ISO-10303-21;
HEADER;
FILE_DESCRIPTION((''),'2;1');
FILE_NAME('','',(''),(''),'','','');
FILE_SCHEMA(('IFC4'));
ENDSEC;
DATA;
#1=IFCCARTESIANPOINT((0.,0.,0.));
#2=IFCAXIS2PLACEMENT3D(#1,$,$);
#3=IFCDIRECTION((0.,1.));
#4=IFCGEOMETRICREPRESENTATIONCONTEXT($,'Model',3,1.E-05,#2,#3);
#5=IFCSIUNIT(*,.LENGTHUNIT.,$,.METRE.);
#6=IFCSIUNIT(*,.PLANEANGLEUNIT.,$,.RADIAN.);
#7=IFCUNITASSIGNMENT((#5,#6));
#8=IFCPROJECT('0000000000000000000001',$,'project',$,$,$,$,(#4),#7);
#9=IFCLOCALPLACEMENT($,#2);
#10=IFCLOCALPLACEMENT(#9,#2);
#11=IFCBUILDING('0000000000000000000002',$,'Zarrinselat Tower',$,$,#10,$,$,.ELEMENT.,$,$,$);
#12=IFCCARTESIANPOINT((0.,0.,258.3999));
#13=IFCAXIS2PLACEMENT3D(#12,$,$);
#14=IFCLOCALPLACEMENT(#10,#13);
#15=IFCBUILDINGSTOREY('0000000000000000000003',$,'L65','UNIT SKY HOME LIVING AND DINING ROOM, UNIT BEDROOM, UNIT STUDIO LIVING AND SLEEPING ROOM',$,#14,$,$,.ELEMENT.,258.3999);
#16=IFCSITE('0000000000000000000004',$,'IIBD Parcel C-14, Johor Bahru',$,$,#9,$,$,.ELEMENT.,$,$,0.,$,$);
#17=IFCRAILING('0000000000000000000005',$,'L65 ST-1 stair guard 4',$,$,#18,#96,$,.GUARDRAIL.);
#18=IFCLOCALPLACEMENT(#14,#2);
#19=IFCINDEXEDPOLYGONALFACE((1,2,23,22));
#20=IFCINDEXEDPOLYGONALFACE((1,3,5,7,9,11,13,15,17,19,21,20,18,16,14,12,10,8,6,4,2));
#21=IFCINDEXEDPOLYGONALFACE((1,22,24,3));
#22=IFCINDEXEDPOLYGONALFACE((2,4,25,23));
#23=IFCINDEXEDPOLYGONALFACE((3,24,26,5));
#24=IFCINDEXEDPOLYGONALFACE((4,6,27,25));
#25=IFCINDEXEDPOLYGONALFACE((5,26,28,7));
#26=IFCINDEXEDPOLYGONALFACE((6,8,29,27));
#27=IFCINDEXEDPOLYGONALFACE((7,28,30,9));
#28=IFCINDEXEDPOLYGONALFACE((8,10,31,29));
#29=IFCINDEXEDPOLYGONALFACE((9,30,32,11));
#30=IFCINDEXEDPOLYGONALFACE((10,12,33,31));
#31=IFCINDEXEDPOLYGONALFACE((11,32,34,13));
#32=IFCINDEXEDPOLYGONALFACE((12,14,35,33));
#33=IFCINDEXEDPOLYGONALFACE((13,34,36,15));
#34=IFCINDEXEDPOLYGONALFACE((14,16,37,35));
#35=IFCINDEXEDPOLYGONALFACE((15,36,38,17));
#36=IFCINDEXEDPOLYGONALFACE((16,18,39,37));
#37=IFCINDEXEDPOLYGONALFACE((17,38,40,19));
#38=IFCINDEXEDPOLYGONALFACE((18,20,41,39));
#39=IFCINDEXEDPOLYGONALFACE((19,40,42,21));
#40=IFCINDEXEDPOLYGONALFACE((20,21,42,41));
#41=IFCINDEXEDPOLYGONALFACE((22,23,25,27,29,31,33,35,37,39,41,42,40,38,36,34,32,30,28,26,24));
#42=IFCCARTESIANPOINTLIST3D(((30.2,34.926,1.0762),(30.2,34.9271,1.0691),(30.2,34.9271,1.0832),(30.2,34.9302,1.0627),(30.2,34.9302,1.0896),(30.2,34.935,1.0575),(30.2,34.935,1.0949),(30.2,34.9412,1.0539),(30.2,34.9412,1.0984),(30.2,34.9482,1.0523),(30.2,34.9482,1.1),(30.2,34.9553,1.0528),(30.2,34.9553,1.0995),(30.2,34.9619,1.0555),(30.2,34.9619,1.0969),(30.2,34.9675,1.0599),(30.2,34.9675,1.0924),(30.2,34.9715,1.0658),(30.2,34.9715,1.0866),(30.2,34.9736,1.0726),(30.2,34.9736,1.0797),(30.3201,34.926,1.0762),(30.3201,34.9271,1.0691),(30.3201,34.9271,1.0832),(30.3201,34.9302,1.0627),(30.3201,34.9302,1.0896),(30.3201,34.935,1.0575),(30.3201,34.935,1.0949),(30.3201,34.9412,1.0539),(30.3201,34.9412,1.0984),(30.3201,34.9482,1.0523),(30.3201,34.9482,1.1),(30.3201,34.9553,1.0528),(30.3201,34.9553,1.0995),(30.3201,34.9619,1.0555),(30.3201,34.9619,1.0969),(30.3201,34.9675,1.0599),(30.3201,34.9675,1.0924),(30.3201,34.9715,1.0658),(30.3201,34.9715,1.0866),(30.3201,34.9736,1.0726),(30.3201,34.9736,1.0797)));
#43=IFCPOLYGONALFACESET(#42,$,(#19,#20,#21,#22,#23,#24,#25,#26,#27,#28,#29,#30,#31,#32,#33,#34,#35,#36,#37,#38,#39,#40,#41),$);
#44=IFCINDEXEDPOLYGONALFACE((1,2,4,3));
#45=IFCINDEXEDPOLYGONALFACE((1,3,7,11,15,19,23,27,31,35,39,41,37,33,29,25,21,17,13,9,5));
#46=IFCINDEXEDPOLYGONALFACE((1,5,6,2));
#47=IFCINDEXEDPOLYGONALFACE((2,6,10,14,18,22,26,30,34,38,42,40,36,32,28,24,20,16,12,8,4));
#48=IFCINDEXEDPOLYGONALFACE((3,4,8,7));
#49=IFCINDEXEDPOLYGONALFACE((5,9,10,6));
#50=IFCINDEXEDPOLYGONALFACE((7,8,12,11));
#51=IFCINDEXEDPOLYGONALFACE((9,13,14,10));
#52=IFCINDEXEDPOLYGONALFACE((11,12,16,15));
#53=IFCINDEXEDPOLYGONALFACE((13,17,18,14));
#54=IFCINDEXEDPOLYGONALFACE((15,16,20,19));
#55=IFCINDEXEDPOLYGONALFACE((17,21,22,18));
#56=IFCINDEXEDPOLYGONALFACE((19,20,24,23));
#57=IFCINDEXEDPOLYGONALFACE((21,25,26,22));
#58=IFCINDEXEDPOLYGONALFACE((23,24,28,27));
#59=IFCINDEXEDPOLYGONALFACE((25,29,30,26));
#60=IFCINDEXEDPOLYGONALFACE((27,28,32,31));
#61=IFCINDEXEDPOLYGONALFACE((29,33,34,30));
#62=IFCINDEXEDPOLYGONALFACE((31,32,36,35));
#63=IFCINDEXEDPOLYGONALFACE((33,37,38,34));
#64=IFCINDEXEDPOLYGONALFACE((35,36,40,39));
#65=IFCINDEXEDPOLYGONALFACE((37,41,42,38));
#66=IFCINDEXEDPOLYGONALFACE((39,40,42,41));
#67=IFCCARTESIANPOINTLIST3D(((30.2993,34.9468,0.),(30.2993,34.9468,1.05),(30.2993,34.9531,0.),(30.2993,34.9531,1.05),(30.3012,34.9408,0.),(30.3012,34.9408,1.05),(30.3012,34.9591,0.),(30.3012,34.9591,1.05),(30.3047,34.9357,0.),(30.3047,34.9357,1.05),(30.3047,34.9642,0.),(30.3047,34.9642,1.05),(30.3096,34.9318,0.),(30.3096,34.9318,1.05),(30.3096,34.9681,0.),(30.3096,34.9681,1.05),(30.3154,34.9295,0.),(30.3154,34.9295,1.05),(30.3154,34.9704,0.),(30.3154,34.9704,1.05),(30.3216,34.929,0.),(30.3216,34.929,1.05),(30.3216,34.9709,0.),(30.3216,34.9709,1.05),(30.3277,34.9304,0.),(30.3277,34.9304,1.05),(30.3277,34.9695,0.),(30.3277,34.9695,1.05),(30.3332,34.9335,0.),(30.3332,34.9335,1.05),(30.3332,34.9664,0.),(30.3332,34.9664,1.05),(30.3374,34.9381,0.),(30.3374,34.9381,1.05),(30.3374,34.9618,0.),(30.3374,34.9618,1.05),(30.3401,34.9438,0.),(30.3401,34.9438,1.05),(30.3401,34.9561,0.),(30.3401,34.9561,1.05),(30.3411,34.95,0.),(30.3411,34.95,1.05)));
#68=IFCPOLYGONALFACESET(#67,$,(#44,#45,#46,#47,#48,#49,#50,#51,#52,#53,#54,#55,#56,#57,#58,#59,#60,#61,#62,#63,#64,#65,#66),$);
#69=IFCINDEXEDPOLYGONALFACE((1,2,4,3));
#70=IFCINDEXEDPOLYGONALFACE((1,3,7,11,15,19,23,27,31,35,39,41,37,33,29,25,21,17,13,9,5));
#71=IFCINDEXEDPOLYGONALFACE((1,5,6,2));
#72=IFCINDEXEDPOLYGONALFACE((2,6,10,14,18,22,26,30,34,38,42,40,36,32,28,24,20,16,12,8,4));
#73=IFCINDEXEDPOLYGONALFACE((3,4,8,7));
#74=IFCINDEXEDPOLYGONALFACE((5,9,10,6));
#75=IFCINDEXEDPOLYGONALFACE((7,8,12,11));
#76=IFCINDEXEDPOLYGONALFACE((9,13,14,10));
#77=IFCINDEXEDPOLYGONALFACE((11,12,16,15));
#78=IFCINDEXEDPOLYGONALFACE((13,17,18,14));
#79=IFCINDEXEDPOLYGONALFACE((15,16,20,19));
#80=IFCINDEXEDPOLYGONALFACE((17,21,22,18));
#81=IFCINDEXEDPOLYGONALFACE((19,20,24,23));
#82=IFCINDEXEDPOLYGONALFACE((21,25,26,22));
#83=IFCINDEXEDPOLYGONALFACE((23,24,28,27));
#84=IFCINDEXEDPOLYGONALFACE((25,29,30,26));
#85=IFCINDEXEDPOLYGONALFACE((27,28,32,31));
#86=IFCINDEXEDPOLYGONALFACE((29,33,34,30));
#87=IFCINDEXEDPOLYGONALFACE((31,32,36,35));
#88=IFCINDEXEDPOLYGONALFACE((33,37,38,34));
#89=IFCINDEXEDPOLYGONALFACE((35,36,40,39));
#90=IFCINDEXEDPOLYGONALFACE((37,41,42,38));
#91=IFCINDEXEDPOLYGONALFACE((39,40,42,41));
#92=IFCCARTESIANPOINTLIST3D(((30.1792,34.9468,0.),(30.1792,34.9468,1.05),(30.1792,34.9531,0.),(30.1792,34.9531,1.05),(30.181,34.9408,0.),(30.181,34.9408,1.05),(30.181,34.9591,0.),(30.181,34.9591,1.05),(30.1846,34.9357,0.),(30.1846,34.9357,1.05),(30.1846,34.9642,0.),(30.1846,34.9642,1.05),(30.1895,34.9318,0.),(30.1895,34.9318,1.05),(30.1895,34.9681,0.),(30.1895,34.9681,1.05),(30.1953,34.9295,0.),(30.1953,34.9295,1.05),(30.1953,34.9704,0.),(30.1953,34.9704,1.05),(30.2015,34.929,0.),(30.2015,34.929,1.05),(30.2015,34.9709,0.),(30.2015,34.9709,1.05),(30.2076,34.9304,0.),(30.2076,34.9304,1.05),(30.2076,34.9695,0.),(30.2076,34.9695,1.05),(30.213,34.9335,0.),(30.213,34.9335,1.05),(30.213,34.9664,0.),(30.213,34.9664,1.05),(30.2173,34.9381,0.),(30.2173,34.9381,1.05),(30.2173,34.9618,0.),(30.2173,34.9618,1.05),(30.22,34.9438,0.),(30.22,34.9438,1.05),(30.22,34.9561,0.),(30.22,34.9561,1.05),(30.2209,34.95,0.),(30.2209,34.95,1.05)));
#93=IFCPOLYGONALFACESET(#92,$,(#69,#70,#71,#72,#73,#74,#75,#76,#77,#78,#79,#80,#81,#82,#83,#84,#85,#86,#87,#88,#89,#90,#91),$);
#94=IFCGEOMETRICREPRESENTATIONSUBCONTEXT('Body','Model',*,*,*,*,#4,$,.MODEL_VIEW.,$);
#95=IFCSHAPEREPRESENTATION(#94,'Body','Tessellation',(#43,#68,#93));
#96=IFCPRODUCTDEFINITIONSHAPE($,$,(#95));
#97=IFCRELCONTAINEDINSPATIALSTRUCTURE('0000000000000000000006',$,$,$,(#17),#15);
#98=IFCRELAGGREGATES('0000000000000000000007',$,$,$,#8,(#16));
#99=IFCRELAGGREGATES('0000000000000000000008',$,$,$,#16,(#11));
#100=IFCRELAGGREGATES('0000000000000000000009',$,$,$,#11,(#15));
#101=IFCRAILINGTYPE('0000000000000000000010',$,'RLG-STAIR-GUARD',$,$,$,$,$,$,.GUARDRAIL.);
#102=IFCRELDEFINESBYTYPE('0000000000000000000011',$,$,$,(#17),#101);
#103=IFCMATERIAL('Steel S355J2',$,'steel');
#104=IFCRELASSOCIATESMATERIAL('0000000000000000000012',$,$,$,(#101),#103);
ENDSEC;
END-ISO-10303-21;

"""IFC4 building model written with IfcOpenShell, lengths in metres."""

from ifc_helpers import new_model, si_unit, direction, frame, origin, origin_2d, place, context, subcontext, project, spatial, circle, extrude, material, type_object, element, save


model = new_model("IFC4")

# Units and contexts
model_context = context("Model", 3, precision=1e-05, world=origin(), true_north=direction((0.0, 1.0)))
body_context = subcontext(model_context, "Body", "Model", "MODEL_VIEW")
ifc_project = project(units=[si_unit("LENGTHUNIT", "METRE"), si_unit("PLANEANGLEUNIT", "RADIAN")], contexts=[model_context])

# Site, building, storey
site_placement = place(None, origin())
site = spatial("IfcSite", under=ifc_project, at=site_placement, Name="IIBD Parcel C-14, Johor Bahru", CompositionType="ELEMENT", RefElevation=0.0)
building_placement = place(site_placement, origin())
building = spatial("IfcBuilding", under=site, at=building_placement, Name="Zarrinselat Tower", CompositionType="ELEMENT")
storey_placement = place(building_placement, frame((0.0, 0.0, 258.3999)))
storey = spatial("IfcBuildingStorey", under=building, at=storey_placement, Name="L65", Description="UNIT SKY HOME LIVING AND DINING ROOM, UNIT BEDROOM, UNIT STUDIO LIVING AND SLEEPING ROOM", CompositionType="ELEMENT", Elevation=258.3999)

# Railing
ifc_material_1 = material(Name="Steel S355J2", Category="steel")
railing_type_1 = type_object("IfcRailingType", Name="RLG-STAIR-GUARD", PredefinedType="GUARDRAIL", material=ifc_material_1)
railing_1_placement = place(storey_placement, frame((30.3201, 34.95, 0.0)))
element("IfcRailing", 1, at=railing_1_placement, inside=storey, type_object=railing_type_1, Name="L65 ST-1 stair guard 4", PredefinedType="GUARDRAIL", context=body_context, shape_type="SweptSolid", body=[
    extrude(circle(Radius=0.0239, at=origin_2d()), frame((0.0, 0.0, 1.0762), z_axis=(-1.0, 0.0, 0.0), x_axis=(0.0, -1.0, 0.0)), (0.0, 0.0, 1.0), 0.1201),
    extrude(circle(Radius=0.021, at=origin_2d()), origin(), (0.0, 0.0, 1.0), 1.05),
    extrude(circle(Radius=0.021, at=origin_2d()), frame((-0.1201, 0.0, 0.0)), (0.0, 0.0, 1.0), 1.05),
])

save(model, "model.ifc")
